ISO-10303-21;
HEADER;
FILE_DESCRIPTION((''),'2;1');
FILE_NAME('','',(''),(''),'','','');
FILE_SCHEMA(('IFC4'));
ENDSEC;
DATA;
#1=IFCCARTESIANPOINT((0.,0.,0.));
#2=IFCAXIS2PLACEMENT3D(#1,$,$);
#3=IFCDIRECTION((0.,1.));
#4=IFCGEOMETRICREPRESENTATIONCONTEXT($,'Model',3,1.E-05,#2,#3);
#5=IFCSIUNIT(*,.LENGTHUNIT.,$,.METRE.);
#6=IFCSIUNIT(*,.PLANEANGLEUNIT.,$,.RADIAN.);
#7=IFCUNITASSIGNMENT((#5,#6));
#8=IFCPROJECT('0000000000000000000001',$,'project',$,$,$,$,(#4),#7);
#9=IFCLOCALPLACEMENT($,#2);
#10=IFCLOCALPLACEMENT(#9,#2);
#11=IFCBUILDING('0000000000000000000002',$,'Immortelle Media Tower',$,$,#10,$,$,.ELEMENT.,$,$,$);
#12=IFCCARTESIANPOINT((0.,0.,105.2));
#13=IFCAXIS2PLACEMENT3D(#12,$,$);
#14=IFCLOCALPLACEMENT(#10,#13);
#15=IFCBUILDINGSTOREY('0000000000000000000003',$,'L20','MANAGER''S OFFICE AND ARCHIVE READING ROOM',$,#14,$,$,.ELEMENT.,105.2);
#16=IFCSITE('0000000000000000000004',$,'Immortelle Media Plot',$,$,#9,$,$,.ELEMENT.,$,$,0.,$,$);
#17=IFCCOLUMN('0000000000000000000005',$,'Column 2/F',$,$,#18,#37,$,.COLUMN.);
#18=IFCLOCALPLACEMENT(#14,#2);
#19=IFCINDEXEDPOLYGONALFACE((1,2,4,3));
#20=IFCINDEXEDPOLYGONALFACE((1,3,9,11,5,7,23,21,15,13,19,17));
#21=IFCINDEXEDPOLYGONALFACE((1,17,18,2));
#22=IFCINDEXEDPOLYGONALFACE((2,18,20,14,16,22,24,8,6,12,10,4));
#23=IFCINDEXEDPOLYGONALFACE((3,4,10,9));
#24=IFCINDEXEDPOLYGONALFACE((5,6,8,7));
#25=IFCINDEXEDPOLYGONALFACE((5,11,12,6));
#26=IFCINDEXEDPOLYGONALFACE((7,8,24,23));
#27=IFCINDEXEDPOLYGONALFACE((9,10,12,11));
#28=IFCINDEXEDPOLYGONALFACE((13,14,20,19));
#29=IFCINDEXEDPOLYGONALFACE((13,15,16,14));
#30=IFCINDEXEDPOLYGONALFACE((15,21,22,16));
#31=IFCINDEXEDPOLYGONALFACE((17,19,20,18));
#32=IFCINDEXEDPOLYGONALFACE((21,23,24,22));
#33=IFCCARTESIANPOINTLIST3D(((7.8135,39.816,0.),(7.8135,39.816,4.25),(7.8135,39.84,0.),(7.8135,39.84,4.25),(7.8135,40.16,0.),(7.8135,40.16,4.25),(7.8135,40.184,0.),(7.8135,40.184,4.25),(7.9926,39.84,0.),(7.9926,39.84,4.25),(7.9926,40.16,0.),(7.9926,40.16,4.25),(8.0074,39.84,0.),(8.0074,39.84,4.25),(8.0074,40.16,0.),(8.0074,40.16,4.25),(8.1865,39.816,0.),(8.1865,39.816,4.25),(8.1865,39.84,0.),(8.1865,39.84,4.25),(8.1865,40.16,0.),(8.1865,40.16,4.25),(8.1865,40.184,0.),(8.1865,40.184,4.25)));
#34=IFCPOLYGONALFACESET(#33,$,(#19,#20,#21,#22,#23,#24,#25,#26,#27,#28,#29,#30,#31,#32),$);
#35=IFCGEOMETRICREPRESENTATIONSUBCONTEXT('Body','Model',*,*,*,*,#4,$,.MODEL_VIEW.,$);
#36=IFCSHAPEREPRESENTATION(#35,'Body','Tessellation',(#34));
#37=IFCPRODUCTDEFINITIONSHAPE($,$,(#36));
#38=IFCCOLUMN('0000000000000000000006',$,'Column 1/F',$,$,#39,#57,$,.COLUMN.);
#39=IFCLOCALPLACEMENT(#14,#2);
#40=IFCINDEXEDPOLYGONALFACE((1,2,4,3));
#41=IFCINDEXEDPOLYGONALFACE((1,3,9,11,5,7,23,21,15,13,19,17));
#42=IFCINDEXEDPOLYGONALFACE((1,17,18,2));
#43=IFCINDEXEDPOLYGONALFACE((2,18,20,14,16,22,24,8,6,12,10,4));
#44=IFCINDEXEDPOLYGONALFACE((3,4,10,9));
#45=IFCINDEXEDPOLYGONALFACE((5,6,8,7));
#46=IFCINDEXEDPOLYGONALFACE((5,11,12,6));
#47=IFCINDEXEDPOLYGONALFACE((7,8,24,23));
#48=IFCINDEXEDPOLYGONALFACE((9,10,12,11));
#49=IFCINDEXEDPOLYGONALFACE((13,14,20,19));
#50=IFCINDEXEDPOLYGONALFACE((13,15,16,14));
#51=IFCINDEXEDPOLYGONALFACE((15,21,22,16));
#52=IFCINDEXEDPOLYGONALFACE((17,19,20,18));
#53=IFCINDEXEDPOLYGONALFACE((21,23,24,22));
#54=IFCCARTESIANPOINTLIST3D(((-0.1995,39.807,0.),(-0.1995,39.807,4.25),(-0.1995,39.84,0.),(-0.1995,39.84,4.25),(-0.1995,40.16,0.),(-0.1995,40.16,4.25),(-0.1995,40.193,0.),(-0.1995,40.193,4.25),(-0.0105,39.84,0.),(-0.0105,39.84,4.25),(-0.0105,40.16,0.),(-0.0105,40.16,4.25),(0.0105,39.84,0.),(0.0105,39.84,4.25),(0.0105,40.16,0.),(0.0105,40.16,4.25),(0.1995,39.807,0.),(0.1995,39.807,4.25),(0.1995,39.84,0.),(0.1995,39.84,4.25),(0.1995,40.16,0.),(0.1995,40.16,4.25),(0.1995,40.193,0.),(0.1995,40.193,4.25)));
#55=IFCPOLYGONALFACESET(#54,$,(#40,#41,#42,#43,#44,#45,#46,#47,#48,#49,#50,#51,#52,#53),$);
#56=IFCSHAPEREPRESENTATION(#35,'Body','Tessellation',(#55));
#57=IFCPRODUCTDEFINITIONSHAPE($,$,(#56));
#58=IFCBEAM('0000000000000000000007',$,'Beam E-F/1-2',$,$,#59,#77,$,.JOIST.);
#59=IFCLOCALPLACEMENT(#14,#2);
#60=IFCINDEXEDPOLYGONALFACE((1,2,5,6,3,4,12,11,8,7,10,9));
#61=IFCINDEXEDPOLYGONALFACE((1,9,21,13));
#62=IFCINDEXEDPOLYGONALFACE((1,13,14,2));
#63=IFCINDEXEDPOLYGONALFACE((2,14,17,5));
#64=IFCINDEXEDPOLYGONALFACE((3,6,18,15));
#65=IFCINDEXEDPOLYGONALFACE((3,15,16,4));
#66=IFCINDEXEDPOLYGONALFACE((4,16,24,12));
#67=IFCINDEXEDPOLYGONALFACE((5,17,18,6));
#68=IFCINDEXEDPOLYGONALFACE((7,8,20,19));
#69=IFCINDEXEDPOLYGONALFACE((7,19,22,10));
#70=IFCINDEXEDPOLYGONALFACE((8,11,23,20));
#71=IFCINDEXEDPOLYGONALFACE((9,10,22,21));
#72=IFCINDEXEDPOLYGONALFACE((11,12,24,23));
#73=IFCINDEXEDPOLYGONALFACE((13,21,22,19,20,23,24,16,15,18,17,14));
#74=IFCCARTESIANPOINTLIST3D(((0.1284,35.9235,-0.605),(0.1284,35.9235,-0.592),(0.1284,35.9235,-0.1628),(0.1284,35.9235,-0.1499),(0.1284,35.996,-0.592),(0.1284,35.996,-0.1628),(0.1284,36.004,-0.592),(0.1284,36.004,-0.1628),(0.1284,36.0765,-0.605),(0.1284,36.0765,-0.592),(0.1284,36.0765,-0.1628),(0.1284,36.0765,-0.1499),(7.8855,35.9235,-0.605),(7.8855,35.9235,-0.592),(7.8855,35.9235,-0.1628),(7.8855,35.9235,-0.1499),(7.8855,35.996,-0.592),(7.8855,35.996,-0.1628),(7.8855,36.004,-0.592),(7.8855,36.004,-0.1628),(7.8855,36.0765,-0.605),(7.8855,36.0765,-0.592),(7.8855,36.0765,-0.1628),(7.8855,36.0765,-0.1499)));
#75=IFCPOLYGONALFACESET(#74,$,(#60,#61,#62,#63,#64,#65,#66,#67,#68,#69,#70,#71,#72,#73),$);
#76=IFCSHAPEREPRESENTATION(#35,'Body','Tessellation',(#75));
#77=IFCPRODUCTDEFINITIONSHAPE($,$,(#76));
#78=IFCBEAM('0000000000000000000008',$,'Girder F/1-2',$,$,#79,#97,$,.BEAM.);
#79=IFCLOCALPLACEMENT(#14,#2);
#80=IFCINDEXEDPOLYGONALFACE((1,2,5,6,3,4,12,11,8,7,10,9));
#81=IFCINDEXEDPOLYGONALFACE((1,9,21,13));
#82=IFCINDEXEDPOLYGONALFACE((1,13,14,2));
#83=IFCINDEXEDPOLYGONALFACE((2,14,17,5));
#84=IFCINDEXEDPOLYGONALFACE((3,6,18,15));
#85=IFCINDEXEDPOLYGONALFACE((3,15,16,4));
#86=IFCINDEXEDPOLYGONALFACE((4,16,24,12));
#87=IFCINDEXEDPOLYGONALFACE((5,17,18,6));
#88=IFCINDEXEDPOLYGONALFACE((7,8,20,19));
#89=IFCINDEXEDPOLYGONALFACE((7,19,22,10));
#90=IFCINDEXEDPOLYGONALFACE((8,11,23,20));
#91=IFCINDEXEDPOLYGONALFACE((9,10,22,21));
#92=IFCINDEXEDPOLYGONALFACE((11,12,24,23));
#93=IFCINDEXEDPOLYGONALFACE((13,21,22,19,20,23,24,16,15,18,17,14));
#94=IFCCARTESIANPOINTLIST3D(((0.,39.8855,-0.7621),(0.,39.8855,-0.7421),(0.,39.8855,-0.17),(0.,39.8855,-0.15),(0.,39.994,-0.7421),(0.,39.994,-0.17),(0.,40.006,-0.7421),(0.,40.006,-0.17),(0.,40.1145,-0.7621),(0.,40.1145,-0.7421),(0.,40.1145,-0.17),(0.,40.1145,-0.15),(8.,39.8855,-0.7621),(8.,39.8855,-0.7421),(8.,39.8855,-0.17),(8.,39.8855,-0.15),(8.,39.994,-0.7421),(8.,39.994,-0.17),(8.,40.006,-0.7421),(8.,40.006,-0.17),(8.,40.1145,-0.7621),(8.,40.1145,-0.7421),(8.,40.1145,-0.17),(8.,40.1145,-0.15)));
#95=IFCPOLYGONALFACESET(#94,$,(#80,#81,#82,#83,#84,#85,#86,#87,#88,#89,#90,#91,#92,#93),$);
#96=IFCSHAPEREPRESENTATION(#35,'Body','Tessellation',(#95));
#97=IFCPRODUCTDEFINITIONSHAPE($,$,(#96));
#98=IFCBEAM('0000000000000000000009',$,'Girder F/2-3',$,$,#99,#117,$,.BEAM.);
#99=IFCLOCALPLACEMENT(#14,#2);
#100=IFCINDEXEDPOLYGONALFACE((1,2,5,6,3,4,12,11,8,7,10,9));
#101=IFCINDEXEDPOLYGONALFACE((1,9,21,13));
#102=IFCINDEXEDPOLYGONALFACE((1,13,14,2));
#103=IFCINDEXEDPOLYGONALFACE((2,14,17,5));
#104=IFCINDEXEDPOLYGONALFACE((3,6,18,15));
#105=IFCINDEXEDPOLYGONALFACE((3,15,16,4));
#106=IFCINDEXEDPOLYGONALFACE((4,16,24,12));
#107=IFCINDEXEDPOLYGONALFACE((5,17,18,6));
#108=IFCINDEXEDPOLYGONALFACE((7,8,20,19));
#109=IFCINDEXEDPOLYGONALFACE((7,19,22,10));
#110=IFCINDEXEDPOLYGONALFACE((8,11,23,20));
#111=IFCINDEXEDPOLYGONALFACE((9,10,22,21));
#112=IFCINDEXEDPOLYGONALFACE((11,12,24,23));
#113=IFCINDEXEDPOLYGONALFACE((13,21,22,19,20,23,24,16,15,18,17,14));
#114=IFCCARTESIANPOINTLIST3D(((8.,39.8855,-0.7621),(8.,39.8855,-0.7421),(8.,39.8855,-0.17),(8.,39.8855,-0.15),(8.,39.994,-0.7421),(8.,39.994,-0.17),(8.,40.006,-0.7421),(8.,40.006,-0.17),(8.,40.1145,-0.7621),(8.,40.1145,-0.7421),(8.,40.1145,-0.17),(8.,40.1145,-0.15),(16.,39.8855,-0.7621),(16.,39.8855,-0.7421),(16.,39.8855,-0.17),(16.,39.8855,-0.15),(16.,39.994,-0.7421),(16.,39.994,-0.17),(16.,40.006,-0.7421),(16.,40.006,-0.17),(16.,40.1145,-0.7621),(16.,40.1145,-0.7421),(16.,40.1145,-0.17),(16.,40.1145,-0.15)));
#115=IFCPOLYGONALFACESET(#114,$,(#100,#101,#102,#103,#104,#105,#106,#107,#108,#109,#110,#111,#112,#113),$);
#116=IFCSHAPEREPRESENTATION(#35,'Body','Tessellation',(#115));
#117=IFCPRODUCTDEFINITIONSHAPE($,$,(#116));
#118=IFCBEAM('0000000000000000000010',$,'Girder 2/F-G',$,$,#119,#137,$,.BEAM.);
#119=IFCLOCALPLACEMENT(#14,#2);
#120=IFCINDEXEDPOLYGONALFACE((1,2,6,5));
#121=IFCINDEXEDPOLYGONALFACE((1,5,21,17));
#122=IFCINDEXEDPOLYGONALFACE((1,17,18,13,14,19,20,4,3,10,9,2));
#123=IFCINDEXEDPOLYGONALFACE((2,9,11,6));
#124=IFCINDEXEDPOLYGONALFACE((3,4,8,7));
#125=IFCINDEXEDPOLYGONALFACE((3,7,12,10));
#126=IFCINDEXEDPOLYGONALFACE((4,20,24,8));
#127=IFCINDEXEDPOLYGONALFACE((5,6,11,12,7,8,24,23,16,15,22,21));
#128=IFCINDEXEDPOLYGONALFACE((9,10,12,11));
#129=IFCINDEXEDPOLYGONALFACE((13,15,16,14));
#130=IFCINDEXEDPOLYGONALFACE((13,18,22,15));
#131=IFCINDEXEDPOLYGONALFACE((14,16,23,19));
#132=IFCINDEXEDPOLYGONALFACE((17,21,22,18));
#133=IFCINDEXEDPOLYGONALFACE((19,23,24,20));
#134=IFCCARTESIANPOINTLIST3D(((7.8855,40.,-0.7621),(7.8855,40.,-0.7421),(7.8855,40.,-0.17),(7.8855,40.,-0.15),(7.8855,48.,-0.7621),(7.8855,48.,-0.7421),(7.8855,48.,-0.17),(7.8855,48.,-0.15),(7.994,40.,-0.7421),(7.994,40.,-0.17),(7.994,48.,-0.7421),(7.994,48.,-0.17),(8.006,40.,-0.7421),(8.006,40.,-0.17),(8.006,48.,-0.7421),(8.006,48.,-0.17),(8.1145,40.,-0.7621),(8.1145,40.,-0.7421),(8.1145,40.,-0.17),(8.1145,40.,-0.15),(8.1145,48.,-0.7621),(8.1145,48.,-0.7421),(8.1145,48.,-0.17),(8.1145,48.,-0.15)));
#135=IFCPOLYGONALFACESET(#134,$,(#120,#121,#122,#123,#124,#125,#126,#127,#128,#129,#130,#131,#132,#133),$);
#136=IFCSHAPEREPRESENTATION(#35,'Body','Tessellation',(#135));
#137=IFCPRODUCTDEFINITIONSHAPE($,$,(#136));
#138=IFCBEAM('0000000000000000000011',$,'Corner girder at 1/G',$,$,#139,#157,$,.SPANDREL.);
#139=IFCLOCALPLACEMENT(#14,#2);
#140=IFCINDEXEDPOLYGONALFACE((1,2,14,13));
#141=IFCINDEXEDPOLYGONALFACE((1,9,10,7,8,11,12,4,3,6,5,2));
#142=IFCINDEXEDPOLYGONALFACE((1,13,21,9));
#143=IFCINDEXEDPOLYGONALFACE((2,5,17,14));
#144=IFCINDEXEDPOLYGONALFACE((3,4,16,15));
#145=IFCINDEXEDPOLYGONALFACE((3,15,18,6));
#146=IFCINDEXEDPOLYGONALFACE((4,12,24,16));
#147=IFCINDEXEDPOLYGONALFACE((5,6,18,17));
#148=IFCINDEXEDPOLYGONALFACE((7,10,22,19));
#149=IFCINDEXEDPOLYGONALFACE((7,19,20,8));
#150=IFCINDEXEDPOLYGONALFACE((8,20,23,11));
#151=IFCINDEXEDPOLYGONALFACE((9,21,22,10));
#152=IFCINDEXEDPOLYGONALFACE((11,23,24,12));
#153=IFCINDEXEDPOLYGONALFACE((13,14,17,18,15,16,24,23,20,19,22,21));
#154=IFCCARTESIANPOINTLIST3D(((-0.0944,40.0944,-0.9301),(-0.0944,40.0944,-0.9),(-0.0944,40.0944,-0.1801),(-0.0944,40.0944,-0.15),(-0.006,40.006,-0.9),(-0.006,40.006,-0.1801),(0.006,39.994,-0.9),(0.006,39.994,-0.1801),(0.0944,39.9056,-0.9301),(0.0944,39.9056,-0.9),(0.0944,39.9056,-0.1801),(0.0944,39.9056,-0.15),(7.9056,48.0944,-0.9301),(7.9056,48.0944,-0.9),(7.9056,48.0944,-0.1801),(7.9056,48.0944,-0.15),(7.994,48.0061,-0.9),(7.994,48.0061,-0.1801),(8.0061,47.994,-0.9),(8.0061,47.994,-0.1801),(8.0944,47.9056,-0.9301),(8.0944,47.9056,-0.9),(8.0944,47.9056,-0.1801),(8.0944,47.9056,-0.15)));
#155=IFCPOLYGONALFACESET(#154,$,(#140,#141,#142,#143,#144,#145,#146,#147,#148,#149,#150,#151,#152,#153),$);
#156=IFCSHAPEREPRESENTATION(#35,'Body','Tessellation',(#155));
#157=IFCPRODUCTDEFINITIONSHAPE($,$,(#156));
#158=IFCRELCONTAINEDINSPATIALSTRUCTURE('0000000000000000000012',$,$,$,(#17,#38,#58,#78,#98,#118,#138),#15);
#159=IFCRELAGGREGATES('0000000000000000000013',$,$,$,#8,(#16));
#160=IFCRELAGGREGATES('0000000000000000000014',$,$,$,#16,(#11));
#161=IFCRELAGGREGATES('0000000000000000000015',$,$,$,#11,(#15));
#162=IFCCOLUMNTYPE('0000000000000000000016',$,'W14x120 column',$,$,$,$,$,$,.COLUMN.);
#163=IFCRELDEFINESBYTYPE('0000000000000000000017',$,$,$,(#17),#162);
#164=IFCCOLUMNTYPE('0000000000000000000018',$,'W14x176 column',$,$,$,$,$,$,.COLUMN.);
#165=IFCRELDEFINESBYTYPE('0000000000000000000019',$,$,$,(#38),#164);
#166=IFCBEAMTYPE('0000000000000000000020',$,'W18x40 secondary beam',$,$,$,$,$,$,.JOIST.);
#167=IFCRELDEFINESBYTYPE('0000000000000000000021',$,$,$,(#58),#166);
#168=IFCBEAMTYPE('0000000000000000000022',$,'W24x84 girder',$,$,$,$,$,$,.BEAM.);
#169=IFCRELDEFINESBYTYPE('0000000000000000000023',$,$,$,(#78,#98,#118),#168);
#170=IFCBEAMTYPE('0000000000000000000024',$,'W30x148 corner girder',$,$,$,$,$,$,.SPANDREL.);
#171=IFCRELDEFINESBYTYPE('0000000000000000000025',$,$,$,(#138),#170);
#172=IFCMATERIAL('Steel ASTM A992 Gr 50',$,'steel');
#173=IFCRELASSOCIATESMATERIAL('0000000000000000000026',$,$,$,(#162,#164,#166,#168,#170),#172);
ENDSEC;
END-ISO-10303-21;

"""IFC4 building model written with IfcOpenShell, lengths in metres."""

from ifc_helpers import new_model, si_unit, direction, frame, origin, origin_2d, place, context, subcontext, project, spatial, i_section, extrude, material, material_profile, profile_set, type_object, element, save


model = new_model("IFC4")

# Units and contexts
model_context = context("Model", 3, precision=1e-05, world=origin(), true_north=direction((0.0, 1.0)))
body_context = subcontext(model_context, "Body", "Model", "MODEL_VIEW")
ifc_project = project(units=[si_unit("LENGTHUNIT", "METRE"), si_unit("PLANEANGLEUNIT", "RADIAN")], contexts=[model_context])

# Site, building, storey
site_placement = place(None, origin())
site = spatial("IfcSite", under=ifc_project, at=site_placement, Name="Immortelle Media Plot", CompositionType="ELEMENT", RefElevation=0.0)
building_placement = place(site_placement, origin())
building = spatial("IfcBuilding", under=site, at=building_placement, Name="Immortelle Media Tower", CompositionType="ELEMENT")
storey_placement = place(building_placement, frame((0.0, 0.0, 105.2)))
storey = spatial("IfcBuildingStorey", under=building, at=storey_placement, Name="L20", Description="MANAGER'S OFFICE AND ARCHIVE READING ROOM", CompositionType="ELEMENT", Elevation=105.2)

# Columns
ifc_material_1 = material(Name="Steel ASTM A992 Gr 50", Category="steel")
ifc_material_profile_1 = material_profile(ifc_material_1, i_section(OverallWidth=0.373, OverallDepth=0.3679, WebThickness=0.0149, FlangeThickness=0.0239, at=origin_2d()), Name="W14x120")
ifc_profile_set_1 = profile_set([ifc_material_profile_1], Name="Steel ASTM A992 Gr 50")
column_type_1 = type_object("IfcColumnType", Name="W14x120 column", PredefinedType="COLUMN", material=ifc_profile_set_1)
column_1_placement = place(storey_placement, frame((8.0, 40.0, 0.0), z_axis=(0.0, 0.0, 1.0), x_axis=(1.0, 0.0, 0.0)))
element("IfcColumn", 1, at=column_1_placement, inside=storey, type_object=column_type_1, Name="Column 2/F", PredefinedType="COLUMN", context=body_context, shape_type="SweptSolid", body=[
    extrude(i_section(OverallWidth=0.373, OverallDepth=0.3679, WebThickness=0.0149, FlangeThickness=0.0239, at=origin_2d()), origin(), (0.0, 0.0, 1.0), 4.25),
])
ifc_material_profile_2 = material_profile(ifc_material_1, i_section(OverallWidth=0.3989, OverallDepth=0.386, WebThickness=0.021, FlangeThickness=0.033, at=origin_2d()), Name="W14x176")
ifc_profile_set_2 = profile_set([ifc_material_profile_2], Name="Steel ASTM A992 Gr 50")
column_type_2 = type_object("IfcColumnType", Name="W14x176 column", PredefinedType="COLUMN", material=ifc_profile_set_2)
column_2_placement = place(storey_placement, frame((0.0, 40.0, 0.0), z_axis=(0.0, 0.0, 1.0), x_axis=(1.0, 0.0, 0.0)))
element("IfcColumn", 2, at=column_2_placement, inside=storey, type_object=column_type_2, Name="Column 1/F", PredefinedType="COLUMN", context=body_context, shape_type="SweptSolid", body=[
    extrude(i_section(OverallWidth=0.3989, OverallDepth=0.386, WebThickness=0.021, FlangeThickness=0.033, at=origin_2d()), origin(), (0.0, 0.0, 1.0), 4.25),
])

# Beams
ifc_material_profile_3 = material_profile(ifc_material_1, i_section(OverallWidth=0.1531, OverallDepth=0.4551, WebThickness=0.0081, FlangeThickness=0.0129, at=origin_2d()), Name="W18x40")
ifc_profile_set_3 = profile_set([ifc_material_profile_3], Name="Steel ASTM A992 Gr 50")
beam_type_1 = type_object("IfcBeamType", Name="W18x40 secondary beam", PredefinedType="JOIST", material=ifc_profile_set_3)
beam_1_placement = place(storey_placement, frame((0.1284, 36.0, -0.3774), z_axis=(1.0, 0.0, 0.0), x_axis=(0.0, 1.0, 0.0)))
element("IfcBeam", 3, at=beam_1_placement, inside=storey, type_object=beam_type_1, Name="Beam E-F/1-2", PredefinedType="JOIST", context=body_context, shape_type="SweptSolid", body=[
    extrude(i_section(OverallWidth=0.1531, OverallDepth=0.4551, WebThickness=0.0081, FlangeThickness=0.0129, at=origin_2d()), origin(), (0.0, 0.0, 1.0), 7.7571),
])
ifc_material_profile_4 = material_profile(ifc_material_1, i_section(OverallWidth=0.229, OverallDepth=0.6121, WebThickness=0.012, FlangeThickness=0.02, at=origin_2d()), Name="W24x84")
ifc_profile_set_4 = profile_set([ifc_material_profile_4], Name="Steel ASTM A992 Gr 50")
beam_type_2 = type_object("IfcBeamType", Name="W24x84 girder", PredefinedType="BEAM", material=ifc_profile_set_4)
for number, where, z_axis, x_axis, name in (
    (4, (0.0, 40.0, -0.4561), (1.0, 0.0, 0.0), (0.0, 1.0, 0.0), "Girder F/1-2"),
    (5, (8.0, 40.0, -0.4561), (1.0, 0.0, 0.0), (0.0, 1.0, 0.0), "Girder F/2-3"),
    (6, (8.0, 40.0, -0.4561), (0.0, 1.0, 0.0), (-1.0, 0.0, 0.0), "Girder 2/F-G"),
):
    element("IfcBeam", number, at=place(storey_placement, frame(where, z_axis=z_axis, x_axis=x_axis)), inside=storey, type_object=beam_type_2, Name=name, PredefinedType="BEAM", context=body_context, shape_type="SweptSolid", body=[
        extrude(i_section(OverallWidth=0.229, OverallDepth=0.6121, WebThickness=0.012, FlangeThickness=0.02, at=origin_2d()), origin(), (0.0, 0.0, 1.0), 8.0),
    ])
ifc_material_profile_5 = material_profile(ifc_material_1, i_section(OverallWidth=0.2671, OverallDepth=0.78, WebThickness=0.0171, FlangeThickness=0.03, at=origin_2d()), Name="W30x148")
ifc_profile_set_5 = profile_set([ifc_material_profile_5], Name="Steel ASTM A992 Gr 50")
beam_type_3 = type_object("IfcBeamType", Name="W30x148 corner girder", PredefinedType="SPANDREL", material=ifc_profile_set_5)
beam_2_placement = place(storey_placement, frame((0.0, 40.0, -0.54), z_axis=(0.707107, 0.707107, 0.0), x_axis=(-0.707107, 0.707107, 0.0)))
element("IfcBeam", 7, at=beam_2_placement, inside=storey, type_object=beam_type_3, Name="Corner girder at 1/G", PredefinedType="SPANDREL", context=body_context, shape_type="SweptSolid", body=[
    extrude(i_section(OverallWidth=0.2671, OverallDepth=0.78, WebThickness=0.0171, FlangeThickness=0.03, at=origin_2d()), origin(), (0.0, 0.0, 1.0), 11.3137),
])

save(model, "model.ifc")
